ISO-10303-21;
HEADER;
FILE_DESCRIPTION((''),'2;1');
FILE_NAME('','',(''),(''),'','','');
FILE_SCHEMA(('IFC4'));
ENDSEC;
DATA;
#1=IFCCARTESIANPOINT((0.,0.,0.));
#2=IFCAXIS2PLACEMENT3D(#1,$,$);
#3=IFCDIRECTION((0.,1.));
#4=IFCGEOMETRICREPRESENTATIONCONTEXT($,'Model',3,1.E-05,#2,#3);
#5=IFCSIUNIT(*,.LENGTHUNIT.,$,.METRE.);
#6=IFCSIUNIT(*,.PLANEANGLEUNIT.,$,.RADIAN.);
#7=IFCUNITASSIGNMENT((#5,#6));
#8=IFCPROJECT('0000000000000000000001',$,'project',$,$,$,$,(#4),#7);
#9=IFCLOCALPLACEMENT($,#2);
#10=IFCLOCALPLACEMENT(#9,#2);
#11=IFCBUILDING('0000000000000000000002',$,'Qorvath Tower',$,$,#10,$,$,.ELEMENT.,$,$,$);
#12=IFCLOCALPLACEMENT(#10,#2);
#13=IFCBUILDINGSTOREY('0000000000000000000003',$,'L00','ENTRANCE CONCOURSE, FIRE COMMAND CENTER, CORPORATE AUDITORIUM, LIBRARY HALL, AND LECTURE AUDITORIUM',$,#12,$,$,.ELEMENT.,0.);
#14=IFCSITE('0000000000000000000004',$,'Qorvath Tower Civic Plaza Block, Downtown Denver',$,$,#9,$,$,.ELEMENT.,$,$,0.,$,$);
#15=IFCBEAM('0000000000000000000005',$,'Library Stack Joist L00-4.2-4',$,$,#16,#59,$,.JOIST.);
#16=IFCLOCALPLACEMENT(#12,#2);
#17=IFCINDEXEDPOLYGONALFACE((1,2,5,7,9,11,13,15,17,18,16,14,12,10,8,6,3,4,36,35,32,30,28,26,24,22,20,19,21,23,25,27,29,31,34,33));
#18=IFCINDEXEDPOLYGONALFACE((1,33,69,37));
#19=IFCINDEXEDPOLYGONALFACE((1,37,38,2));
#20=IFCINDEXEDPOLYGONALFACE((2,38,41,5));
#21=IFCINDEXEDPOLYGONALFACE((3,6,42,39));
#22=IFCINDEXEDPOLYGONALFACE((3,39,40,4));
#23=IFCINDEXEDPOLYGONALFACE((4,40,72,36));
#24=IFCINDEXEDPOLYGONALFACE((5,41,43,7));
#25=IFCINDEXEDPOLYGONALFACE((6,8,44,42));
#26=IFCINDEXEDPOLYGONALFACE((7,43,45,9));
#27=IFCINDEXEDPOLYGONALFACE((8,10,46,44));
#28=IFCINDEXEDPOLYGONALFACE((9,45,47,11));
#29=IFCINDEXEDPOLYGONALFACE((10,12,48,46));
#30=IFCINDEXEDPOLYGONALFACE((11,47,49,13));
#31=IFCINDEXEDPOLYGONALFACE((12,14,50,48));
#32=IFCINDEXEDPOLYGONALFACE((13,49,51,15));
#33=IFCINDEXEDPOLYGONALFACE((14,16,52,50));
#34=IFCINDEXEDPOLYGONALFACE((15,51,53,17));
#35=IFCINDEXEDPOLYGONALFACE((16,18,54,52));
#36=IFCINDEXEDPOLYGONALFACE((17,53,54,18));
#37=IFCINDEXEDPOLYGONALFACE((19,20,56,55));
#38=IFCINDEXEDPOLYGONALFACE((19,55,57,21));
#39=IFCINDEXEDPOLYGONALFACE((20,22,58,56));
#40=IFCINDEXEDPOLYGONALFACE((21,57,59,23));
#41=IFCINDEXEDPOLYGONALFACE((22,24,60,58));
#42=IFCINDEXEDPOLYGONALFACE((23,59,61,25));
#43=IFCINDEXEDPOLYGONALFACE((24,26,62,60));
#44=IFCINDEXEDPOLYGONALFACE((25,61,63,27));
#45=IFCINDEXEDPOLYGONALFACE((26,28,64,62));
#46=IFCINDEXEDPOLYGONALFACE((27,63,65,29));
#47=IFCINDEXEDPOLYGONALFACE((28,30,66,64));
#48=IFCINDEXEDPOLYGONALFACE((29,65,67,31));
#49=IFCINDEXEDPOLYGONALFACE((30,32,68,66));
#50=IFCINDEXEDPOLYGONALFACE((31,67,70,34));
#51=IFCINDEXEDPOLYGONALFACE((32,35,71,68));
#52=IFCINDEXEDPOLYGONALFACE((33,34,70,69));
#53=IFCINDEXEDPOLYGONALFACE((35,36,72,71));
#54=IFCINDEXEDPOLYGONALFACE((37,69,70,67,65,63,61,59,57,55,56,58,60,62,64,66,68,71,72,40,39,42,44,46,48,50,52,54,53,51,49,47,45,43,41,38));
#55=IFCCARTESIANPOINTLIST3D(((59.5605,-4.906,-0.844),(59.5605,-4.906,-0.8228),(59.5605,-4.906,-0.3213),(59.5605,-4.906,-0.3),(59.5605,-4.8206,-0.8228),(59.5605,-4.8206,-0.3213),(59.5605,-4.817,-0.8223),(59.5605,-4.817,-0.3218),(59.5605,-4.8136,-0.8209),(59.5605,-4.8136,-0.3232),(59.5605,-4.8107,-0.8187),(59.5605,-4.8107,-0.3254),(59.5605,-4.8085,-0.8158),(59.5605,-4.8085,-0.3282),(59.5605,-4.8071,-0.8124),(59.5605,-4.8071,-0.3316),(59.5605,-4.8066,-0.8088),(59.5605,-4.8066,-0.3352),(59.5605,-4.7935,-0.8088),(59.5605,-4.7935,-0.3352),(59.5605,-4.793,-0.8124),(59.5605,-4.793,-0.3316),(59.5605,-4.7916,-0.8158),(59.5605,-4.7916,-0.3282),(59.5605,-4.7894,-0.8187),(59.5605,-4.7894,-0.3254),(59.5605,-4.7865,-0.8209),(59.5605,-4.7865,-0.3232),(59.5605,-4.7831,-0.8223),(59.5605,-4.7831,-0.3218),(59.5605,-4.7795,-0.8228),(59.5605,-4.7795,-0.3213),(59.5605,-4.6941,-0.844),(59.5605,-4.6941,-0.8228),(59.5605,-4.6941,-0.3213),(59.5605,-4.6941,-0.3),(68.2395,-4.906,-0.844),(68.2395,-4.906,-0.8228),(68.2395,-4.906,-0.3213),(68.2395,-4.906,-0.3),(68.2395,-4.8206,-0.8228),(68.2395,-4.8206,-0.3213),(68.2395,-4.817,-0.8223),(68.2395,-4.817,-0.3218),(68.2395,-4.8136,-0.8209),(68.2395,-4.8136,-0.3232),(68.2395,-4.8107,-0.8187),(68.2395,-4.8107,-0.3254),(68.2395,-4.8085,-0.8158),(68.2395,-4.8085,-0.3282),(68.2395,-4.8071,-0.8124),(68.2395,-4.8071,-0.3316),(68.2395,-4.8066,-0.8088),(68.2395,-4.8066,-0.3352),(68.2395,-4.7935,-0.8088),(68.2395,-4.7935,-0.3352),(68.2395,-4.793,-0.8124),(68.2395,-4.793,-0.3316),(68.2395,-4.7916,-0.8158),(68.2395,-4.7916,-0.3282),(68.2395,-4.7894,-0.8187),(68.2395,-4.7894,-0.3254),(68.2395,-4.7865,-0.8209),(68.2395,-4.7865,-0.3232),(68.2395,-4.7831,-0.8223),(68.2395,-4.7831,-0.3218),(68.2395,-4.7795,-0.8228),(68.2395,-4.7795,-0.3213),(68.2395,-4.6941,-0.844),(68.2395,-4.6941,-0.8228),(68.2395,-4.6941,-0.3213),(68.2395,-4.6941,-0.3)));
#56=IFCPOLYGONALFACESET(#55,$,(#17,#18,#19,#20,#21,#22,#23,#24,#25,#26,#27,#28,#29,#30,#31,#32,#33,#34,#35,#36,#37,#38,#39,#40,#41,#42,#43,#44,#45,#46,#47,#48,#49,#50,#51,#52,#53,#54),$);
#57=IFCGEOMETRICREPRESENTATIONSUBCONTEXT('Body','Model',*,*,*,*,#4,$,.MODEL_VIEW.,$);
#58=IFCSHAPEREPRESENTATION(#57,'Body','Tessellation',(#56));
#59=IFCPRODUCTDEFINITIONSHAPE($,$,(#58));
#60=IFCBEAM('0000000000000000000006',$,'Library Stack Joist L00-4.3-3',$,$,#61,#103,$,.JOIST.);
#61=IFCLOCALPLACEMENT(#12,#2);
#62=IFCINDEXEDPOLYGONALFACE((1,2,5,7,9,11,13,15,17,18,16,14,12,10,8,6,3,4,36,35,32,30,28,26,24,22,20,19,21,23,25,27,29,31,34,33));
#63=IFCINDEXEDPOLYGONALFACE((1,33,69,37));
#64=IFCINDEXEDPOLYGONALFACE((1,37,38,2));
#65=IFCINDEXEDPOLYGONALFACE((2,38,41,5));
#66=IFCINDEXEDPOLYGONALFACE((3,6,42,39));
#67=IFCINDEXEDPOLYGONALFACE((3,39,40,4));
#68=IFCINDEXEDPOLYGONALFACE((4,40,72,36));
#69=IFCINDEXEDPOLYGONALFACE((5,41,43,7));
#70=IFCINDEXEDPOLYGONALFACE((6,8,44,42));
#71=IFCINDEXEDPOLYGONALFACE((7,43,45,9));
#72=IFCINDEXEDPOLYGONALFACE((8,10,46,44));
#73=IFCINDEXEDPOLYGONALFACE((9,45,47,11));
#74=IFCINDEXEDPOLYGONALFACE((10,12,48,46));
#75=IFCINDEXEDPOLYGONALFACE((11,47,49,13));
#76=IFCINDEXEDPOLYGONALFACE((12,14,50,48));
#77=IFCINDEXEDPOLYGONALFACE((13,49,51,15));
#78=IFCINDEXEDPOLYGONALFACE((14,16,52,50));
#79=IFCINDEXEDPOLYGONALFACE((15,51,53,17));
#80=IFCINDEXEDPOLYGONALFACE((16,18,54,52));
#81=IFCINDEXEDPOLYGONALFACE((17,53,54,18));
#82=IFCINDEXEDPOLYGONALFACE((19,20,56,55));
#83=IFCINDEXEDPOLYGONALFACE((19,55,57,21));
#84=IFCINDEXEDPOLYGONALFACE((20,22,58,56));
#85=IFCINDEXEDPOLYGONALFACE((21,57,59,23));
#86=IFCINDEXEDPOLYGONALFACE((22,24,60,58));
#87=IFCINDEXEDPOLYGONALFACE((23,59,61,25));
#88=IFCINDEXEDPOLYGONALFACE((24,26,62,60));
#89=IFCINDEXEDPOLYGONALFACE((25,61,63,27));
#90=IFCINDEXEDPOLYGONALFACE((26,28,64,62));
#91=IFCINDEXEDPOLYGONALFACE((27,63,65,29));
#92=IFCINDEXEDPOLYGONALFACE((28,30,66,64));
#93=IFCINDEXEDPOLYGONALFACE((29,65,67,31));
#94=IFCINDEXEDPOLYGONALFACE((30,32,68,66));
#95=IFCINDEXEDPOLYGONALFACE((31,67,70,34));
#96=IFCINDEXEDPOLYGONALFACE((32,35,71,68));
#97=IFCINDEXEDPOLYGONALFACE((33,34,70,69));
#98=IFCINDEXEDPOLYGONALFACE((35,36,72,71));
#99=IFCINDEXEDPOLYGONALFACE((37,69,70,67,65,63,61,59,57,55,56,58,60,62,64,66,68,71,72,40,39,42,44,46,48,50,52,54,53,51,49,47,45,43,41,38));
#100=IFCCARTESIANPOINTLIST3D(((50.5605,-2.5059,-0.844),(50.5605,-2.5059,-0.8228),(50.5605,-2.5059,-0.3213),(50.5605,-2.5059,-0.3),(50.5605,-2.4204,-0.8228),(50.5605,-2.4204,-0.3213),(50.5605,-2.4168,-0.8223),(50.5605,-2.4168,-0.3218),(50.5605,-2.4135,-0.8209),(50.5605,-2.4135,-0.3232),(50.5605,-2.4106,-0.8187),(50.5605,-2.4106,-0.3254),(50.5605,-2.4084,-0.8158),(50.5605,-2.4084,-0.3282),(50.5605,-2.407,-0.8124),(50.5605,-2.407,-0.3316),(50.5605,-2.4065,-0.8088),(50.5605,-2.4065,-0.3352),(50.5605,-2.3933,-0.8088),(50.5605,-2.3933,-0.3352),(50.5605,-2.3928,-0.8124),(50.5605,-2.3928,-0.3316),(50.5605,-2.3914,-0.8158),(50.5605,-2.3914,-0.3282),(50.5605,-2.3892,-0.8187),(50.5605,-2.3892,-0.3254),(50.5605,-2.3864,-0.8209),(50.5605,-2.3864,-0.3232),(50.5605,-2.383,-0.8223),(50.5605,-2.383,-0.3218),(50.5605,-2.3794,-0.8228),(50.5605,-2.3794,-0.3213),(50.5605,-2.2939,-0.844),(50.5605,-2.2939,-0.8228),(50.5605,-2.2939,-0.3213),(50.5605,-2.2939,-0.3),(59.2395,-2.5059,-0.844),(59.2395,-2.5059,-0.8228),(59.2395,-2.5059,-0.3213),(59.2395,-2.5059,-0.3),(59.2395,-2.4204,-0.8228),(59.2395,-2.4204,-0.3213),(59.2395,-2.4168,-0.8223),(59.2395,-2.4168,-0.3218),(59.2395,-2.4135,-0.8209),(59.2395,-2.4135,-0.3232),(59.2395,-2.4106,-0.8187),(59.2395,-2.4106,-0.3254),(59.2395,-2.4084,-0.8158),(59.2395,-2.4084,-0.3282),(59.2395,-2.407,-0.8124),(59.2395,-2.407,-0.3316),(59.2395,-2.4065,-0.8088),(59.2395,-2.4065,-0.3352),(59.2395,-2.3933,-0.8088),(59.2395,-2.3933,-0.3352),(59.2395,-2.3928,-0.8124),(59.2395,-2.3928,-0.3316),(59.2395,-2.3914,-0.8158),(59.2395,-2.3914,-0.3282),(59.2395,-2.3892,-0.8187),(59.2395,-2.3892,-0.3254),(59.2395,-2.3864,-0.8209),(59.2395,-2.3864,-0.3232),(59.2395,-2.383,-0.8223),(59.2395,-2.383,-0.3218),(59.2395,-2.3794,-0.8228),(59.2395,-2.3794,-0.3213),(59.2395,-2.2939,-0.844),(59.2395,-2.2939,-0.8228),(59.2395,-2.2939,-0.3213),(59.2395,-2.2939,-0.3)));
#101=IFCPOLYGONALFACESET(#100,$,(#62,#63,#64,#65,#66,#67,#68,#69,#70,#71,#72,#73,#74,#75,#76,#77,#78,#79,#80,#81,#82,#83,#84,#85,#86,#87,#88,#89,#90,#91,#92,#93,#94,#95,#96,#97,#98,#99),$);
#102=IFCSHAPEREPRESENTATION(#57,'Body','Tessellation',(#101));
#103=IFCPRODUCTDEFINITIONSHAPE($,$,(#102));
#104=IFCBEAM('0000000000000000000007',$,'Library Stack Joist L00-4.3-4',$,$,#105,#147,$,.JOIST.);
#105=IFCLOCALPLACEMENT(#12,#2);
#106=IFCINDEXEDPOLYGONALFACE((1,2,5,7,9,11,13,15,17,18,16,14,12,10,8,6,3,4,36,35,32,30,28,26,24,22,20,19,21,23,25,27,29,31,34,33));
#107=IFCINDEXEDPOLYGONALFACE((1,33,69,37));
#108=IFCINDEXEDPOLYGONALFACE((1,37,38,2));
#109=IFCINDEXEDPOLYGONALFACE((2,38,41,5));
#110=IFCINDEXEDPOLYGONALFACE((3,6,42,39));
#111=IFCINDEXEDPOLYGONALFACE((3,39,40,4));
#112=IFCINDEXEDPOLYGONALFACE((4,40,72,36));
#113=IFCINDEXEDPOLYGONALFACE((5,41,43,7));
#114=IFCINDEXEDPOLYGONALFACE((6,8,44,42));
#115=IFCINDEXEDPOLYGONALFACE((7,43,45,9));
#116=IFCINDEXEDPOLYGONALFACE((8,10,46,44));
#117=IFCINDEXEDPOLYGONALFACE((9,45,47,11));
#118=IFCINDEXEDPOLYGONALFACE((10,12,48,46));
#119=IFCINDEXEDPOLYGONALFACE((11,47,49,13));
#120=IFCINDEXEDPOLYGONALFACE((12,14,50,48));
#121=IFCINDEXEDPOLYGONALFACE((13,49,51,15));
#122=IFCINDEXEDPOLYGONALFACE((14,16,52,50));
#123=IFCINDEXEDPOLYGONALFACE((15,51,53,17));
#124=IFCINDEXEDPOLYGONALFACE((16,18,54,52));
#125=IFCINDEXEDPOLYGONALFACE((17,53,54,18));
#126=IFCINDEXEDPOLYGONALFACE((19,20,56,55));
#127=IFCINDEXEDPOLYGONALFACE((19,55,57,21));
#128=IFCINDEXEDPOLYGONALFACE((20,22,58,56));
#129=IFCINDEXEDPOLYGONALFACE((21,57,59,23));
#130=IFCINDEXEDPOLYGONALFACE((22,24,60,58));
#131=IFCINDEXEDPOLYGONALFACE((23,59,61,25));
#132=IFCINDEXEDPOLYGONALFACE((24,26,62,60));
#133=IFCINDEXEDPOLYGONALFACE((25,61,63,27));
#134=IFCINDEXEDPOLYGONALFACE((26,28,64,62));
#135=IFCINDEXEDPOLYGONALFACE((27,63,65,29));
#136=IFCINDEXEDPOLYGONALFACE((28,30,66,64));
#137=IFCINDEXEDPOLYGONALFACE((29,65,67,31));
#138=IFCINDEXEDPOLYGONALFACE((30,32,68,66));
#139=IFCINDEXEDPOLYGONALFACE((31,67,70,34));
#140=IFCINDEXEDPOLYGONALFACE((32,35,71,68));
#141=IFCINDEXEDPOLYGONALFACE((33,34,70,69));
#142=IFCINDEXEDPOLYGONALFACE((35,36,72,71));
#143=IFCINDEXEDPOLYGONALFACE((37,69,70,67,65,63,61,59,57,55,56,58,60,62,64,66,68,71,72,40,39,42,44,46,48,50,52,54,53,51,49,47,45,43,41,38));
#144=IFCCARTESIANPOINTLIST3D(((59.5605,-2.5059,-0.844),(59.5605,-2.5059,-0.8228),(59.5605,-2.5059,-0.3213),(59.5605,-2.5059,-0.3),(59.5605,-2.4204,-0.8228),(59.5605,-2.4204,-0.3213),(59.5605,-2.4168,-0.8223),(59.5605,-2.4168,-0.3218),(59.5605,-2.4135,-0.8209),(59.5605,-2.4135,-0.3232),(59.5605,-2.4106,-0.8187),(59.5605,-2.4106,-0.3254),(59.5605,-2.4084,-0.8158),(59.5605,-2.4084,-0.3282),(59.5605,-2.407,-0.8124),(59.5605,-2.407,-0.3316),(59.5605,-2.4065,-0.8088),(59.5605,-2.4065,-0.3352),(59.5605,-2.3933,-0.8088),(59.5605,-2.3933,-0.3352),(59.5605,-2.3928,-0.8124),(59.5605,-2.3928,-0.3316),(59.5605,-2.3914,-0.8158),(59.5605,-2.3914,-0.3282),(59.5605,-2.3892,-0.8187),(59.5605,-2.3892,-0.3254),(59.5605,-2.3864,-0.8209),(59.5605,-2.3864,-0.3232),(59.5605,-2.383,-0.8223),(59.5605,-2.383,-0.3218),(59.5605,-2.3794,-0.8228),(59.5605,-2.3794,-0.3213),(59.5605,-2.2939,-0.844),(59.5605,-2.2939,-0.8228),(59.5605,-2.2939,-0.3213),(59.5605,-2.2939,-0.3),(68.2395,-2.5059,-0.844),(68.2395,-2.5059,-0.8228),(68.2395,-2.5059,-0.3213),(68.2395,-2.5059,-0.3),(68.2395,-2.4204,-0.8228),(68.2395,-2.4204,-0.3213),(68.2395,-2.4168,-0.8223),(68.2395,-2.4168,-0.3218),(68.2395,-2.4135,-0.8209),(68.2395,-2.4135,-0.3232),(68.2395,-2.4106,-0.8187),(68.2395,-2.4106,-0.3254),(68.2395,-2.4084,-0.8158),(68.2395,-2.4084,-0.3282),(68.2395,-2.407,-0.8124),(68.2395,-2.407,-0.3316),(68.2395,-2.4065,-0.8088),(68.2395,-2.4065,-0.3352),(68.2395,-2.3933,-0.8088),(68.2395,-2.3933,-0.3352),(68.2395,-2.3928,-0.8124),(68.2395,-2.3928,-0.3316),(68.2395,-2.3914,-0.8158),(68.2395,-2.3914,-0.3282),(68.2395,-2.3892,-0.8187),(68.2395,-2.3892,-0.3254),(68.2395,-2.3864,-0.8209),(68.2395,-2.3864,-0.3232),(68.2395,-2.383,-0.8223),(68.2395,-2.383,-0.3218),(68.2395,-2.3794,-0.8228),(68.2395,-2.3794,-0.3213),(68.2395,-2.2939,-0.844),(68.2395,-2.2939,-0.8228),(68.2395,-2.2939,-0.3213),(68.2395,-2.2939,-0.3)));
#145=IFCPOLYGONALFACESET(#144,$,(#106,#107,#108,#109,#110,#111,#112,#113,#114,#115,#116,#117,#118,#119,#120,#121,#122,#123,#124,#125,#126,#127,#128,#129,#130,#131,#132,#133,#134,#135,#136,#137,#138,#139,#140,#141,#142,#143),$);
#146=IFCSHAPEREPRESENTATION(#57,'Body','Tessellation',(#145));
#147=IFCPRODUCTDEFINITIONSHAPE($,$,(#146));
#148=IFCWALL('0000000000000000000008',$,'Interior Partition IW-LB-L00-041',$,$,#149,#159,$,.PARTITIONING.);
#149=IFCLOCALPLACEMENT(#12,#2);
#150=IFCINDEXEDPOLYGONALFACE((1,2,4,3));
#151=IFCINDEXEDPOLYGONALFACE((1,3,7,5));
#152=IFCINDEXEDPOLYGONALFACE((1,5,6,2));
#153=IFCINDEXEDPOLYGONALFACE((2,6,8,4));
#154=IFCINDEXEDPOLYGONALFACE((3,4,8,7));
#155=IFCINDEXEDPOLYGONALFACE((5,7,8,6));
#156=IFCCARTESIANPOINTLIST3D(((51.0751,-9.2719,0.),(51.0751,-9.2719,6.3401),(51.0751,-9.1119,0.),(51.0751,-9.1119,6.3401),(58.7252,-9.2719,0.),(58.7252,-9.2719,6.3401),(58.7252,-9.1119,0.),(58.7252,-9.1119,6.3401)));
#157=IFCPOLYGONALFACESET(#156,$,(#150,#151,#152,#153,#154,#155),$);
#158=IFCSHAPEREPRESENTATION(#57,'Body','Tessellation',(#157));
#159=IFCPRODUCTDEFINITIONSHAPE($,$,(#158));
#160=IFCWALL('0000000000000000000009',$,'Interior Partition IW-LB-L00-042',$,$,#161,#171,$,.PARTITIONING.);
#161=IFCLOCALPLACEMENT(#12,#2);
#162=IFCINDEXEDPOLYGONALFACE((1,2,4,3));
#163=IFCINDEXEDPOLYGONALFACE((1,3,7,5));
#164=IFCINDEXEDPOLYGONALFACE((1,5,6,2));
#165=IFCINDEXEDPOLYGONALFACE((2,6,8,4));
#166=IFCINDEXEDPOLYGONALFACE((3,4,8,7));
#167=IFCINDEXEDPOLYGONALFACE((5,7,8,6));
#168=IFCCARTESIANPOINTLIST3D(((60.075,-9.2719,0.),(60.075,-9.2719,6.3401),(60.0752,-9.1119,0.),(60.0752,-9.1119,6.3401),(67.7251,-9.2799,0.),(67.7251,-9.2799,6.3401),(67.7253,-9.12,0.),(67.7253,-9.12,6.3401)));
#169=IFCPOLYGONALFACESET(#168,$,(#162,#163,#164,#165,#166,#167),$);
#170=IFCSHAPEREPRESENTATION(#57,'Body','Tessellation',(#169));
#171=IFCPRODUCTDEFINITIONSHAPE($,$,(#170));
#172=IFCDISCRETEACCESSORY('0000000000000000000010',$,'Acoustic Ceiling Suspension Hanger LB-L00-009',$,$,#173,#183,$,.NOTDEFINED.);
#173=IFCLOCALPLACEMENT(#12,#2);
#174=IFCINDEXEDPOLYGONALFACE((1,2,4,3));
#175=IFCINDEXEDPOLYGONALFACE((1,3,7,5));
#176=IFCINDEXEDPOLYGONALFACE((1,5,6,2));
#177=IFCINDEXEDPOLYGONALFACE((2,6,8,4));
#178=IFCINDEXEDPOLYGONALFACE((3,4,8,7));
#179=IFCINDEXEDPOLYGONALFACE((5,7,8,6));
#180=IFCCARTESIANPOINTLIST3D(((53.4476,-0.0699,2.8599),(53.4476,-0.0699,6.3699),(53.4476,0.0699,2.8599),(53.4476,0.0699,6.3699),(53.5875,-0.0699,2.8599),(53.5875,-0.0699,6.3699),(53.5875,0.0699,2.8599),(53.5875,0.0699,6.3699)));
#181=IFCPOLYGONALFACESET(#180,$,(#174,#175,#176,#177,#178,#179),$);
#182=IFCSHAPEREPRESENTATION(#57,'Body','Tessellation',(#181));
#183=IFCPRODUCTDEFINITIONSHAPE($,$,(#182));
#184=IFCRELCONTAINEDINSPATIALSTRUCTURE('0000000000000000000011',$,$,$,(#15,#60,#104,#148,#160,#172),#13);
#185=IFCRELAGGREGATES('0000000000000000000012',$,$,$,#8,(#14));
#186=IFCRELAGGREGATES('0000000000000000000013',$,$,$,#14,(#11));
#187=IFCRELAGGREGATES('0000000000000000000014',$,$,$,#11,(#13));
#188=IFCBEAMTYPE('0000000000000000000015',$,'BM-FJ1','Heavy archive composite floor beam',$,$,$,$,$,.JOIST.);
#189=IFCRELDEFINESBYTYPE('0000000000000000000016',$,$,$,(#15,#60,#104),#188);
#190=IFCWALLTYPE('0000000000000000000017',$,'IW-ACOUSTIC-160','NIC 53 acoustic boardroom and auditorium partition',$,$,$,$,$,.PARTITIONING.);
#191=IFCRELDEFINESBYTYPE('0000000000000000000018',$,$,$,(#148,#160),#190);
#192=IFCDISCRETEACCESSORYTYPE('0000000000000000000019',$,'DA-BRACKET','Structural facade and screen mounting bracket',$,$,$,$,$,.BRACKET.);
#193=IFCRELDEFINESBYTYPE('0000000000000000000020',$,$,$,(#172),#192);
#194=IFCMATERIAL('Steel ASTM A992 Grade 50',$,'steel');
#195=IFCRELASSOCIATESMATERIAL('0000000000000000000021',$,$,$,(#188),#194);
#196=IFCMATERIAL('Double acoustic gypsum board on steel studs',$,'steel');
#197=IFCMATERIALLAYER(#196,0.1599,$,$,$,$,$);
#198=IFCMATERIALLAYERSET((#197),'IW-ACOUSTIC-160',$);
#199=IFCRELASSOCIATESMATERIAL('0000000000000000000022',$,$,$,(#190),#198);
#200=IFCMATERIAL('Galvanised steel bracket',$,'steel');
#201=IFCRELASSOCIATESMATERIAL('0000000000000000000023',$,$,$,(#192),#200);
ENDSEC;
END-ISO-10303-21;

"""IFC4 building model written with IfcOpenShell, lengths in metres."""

from ifc_helpers import new_model, si_unit, direction, frame, frame_2d, origin, origin_2d, place, context, subcontext, project, spatial, rectangle, i_section, extrude, material, layer, layer_set, material_profile, profile_set, type_object, element, save


model = new_model("IFC4")

# Units and contexts
model_context = context("Model", 3, precision=1e-05, world=origin(), true_north=direction((0.0, 1.0)))
body_context = subcontext(model_context, "Body", "Model", "MODEL_VIEW")
ifc_project = project(units=[si_unit("LENGTHUNIT", "METRE"), si_unit("PLANEANGLEUNIT", "RADIAN")], contexts=[model_context])

# Site, building, storey
site_placement = place(None, origin())
site = spatial("IfcSite", under=ifc_project, at=site_placement, Name="Qorvath Tower Civic Plaza Block, Downtown Denver", CompositionType="ELEMENT", RefElevation=0.0)
building_placement = place(site_placement, origin())
building = spatial("IfcBuilding", under=site, at=building_placement, Name="Qorvath Tower", CompositionType="ELEMENT")
storey_placement = place(building_placement, origin())
storey = spatial("IfcBuildingStorey", under=building, at=storey_placement, Name="L00", Description="ENTRANCE CONCOURSE, FIRE COMMAND CENTER, CORPORATE AUDITORIUM, LIBRARY HALL, AND LECTURE AUDITORIUM", CompositionType="ELEMENT", Elevation=0.0)

# Beams
ifc_material_1 = material(Name="Steel ASTM A992 Grade 50", Category="steel")
ifc_material_profile_1 = material_profile(ifc_material_1, i_section(OverallWidth=0.2119, OverallDepth=0.5439, WebThickness=0.0132, FlangeThickness=0.0212, FilletRadius=0.0139, at=origin_2d()), Name="W21x83")
ifc_profile_set_1 = profile_set([ifc_material_profile_1], Name="Steel ASTM A992 Grade 50")
beam_type_1 = type_object("IfcBeamType", Name="BM-FJ1", Description="Heavy archive composite floor beam", PredefinedType="JOIST", material=ifc_profile_set_1)
for number, where, z_axis, x_axis, name in (
    (1, (59.5605, -4.8, -0.572), (1.0, 0.0, 0.0), (0.0, 1.0, 0.0), "Library Stack Joist L00-4.2-4"),
    (2, (50.5605, -2.3999, -0.572), (1.0, 0.0, 0.0), (0.0, 1.0, 0.0), "Library Stack Joist L00-4.3-3"),
    (3, (59.5605, -2.3999, -0.572), (1.0, 0.0, 0.0), (0.0, 1.0, 0.0), "Library Stack Joist L00-4.3-4"),
):
    element("IfcBeam", number, at=place(storey_placement, frame(where, z_axis=z_axis, x_axis=x_axis)), inside=storey, type_object=beam_type_1, Name=name, PredefinedType="JOIST", context=body_context, shape_type="SweptSolid", body=[
        extrude(i_section(OverallWidth=0.2119, OverallDepth=0.5439, WebThickness=0.0132, FlangeThickness=0.0212, FilletRadius=0.0139, at=origin_2d()), origin(), (0.0, 0.0, 1.0), 8.679),
    ])

# Walls
ifc_material_2 = material(Name="Double acoustic gypsum board on steel studs", Category="steel")
ifc_layer = layer(ifc_material_2, 0.1599)
ifc_layer_set = layer_set([ifc_layer], Name="IW-ACOUSTIC-160")
wall_type = type_object("IfcWallType", Name="IW-ACOUSTIC-160", Description="NIC 53 acoustic boardroom and auditorium partition", PredefinedType="PARTITIONING", material=ifc_layer_set)
for number, where, z_axis, x_axis, name in (
    (4, (51.075, -9.1919, 0.0), (0.0, 0.0, 1.0), (1.0, 0.0, 0.0), "Interior Partition IW-LB-L00-041"),
    (5, (60.075, -9.1919, 0.0), (0.0, 0.0, 1.0), (0.999999, -0.001053, 0.0), "Interior Partition IW-LB-L00-042"),
):
    element("IfcWall", number, at=place(storey_placement, frame(where, z_axis=z_axis, x_axis=x_axis)), inside=storey, type_object=wall_type, Name=name, PredefinedType="PARTITIONING", context=body_context, shape_type="SweptSolid", body=[
        extrude(rectangle(XDim=7.6501, YDim=0.1599, at=frame_2d((3.8252, 0.0))), origin(), (0.0, 0.0, 1.0), 6.3401),
    ])

# Discrete accessory
ifc_material_3 = material(Name="Galvanised steel bracket", Category="steel")
discrete_accessory_type = type_object("IfcDiscreteAccessoryType", Name="DA-BRACKET", Description="Structural facade and screen mounting bracket", PredefinedType="BRACKET", material=ifc_material_3)
discrete_accessory_placement = place(storey_placement, frame((53.5176, 0.0, 2.8599), z_axis=(0.0, 0.0, 1.0), x_axis=(1.0, 0.0, 0.0)))
element("IfcDiscreteAccessory", 6, at=discrete_accessory_placement, inside=storey, type_object=discrete_accessory_type, Name="Acoustic Ceiling Suspension Hanger LB-L00-009", PredefinedType="NOTDEFINED", context=body_context, shape_type="SweptSolid", body=[
    extrude(rectangle(XDim=0.1399, YDim=0.1399, at=origin_2d()), origin(), (0.0, 0.0, 1.0), 3.51),
])

save(model, "model.ifc")
